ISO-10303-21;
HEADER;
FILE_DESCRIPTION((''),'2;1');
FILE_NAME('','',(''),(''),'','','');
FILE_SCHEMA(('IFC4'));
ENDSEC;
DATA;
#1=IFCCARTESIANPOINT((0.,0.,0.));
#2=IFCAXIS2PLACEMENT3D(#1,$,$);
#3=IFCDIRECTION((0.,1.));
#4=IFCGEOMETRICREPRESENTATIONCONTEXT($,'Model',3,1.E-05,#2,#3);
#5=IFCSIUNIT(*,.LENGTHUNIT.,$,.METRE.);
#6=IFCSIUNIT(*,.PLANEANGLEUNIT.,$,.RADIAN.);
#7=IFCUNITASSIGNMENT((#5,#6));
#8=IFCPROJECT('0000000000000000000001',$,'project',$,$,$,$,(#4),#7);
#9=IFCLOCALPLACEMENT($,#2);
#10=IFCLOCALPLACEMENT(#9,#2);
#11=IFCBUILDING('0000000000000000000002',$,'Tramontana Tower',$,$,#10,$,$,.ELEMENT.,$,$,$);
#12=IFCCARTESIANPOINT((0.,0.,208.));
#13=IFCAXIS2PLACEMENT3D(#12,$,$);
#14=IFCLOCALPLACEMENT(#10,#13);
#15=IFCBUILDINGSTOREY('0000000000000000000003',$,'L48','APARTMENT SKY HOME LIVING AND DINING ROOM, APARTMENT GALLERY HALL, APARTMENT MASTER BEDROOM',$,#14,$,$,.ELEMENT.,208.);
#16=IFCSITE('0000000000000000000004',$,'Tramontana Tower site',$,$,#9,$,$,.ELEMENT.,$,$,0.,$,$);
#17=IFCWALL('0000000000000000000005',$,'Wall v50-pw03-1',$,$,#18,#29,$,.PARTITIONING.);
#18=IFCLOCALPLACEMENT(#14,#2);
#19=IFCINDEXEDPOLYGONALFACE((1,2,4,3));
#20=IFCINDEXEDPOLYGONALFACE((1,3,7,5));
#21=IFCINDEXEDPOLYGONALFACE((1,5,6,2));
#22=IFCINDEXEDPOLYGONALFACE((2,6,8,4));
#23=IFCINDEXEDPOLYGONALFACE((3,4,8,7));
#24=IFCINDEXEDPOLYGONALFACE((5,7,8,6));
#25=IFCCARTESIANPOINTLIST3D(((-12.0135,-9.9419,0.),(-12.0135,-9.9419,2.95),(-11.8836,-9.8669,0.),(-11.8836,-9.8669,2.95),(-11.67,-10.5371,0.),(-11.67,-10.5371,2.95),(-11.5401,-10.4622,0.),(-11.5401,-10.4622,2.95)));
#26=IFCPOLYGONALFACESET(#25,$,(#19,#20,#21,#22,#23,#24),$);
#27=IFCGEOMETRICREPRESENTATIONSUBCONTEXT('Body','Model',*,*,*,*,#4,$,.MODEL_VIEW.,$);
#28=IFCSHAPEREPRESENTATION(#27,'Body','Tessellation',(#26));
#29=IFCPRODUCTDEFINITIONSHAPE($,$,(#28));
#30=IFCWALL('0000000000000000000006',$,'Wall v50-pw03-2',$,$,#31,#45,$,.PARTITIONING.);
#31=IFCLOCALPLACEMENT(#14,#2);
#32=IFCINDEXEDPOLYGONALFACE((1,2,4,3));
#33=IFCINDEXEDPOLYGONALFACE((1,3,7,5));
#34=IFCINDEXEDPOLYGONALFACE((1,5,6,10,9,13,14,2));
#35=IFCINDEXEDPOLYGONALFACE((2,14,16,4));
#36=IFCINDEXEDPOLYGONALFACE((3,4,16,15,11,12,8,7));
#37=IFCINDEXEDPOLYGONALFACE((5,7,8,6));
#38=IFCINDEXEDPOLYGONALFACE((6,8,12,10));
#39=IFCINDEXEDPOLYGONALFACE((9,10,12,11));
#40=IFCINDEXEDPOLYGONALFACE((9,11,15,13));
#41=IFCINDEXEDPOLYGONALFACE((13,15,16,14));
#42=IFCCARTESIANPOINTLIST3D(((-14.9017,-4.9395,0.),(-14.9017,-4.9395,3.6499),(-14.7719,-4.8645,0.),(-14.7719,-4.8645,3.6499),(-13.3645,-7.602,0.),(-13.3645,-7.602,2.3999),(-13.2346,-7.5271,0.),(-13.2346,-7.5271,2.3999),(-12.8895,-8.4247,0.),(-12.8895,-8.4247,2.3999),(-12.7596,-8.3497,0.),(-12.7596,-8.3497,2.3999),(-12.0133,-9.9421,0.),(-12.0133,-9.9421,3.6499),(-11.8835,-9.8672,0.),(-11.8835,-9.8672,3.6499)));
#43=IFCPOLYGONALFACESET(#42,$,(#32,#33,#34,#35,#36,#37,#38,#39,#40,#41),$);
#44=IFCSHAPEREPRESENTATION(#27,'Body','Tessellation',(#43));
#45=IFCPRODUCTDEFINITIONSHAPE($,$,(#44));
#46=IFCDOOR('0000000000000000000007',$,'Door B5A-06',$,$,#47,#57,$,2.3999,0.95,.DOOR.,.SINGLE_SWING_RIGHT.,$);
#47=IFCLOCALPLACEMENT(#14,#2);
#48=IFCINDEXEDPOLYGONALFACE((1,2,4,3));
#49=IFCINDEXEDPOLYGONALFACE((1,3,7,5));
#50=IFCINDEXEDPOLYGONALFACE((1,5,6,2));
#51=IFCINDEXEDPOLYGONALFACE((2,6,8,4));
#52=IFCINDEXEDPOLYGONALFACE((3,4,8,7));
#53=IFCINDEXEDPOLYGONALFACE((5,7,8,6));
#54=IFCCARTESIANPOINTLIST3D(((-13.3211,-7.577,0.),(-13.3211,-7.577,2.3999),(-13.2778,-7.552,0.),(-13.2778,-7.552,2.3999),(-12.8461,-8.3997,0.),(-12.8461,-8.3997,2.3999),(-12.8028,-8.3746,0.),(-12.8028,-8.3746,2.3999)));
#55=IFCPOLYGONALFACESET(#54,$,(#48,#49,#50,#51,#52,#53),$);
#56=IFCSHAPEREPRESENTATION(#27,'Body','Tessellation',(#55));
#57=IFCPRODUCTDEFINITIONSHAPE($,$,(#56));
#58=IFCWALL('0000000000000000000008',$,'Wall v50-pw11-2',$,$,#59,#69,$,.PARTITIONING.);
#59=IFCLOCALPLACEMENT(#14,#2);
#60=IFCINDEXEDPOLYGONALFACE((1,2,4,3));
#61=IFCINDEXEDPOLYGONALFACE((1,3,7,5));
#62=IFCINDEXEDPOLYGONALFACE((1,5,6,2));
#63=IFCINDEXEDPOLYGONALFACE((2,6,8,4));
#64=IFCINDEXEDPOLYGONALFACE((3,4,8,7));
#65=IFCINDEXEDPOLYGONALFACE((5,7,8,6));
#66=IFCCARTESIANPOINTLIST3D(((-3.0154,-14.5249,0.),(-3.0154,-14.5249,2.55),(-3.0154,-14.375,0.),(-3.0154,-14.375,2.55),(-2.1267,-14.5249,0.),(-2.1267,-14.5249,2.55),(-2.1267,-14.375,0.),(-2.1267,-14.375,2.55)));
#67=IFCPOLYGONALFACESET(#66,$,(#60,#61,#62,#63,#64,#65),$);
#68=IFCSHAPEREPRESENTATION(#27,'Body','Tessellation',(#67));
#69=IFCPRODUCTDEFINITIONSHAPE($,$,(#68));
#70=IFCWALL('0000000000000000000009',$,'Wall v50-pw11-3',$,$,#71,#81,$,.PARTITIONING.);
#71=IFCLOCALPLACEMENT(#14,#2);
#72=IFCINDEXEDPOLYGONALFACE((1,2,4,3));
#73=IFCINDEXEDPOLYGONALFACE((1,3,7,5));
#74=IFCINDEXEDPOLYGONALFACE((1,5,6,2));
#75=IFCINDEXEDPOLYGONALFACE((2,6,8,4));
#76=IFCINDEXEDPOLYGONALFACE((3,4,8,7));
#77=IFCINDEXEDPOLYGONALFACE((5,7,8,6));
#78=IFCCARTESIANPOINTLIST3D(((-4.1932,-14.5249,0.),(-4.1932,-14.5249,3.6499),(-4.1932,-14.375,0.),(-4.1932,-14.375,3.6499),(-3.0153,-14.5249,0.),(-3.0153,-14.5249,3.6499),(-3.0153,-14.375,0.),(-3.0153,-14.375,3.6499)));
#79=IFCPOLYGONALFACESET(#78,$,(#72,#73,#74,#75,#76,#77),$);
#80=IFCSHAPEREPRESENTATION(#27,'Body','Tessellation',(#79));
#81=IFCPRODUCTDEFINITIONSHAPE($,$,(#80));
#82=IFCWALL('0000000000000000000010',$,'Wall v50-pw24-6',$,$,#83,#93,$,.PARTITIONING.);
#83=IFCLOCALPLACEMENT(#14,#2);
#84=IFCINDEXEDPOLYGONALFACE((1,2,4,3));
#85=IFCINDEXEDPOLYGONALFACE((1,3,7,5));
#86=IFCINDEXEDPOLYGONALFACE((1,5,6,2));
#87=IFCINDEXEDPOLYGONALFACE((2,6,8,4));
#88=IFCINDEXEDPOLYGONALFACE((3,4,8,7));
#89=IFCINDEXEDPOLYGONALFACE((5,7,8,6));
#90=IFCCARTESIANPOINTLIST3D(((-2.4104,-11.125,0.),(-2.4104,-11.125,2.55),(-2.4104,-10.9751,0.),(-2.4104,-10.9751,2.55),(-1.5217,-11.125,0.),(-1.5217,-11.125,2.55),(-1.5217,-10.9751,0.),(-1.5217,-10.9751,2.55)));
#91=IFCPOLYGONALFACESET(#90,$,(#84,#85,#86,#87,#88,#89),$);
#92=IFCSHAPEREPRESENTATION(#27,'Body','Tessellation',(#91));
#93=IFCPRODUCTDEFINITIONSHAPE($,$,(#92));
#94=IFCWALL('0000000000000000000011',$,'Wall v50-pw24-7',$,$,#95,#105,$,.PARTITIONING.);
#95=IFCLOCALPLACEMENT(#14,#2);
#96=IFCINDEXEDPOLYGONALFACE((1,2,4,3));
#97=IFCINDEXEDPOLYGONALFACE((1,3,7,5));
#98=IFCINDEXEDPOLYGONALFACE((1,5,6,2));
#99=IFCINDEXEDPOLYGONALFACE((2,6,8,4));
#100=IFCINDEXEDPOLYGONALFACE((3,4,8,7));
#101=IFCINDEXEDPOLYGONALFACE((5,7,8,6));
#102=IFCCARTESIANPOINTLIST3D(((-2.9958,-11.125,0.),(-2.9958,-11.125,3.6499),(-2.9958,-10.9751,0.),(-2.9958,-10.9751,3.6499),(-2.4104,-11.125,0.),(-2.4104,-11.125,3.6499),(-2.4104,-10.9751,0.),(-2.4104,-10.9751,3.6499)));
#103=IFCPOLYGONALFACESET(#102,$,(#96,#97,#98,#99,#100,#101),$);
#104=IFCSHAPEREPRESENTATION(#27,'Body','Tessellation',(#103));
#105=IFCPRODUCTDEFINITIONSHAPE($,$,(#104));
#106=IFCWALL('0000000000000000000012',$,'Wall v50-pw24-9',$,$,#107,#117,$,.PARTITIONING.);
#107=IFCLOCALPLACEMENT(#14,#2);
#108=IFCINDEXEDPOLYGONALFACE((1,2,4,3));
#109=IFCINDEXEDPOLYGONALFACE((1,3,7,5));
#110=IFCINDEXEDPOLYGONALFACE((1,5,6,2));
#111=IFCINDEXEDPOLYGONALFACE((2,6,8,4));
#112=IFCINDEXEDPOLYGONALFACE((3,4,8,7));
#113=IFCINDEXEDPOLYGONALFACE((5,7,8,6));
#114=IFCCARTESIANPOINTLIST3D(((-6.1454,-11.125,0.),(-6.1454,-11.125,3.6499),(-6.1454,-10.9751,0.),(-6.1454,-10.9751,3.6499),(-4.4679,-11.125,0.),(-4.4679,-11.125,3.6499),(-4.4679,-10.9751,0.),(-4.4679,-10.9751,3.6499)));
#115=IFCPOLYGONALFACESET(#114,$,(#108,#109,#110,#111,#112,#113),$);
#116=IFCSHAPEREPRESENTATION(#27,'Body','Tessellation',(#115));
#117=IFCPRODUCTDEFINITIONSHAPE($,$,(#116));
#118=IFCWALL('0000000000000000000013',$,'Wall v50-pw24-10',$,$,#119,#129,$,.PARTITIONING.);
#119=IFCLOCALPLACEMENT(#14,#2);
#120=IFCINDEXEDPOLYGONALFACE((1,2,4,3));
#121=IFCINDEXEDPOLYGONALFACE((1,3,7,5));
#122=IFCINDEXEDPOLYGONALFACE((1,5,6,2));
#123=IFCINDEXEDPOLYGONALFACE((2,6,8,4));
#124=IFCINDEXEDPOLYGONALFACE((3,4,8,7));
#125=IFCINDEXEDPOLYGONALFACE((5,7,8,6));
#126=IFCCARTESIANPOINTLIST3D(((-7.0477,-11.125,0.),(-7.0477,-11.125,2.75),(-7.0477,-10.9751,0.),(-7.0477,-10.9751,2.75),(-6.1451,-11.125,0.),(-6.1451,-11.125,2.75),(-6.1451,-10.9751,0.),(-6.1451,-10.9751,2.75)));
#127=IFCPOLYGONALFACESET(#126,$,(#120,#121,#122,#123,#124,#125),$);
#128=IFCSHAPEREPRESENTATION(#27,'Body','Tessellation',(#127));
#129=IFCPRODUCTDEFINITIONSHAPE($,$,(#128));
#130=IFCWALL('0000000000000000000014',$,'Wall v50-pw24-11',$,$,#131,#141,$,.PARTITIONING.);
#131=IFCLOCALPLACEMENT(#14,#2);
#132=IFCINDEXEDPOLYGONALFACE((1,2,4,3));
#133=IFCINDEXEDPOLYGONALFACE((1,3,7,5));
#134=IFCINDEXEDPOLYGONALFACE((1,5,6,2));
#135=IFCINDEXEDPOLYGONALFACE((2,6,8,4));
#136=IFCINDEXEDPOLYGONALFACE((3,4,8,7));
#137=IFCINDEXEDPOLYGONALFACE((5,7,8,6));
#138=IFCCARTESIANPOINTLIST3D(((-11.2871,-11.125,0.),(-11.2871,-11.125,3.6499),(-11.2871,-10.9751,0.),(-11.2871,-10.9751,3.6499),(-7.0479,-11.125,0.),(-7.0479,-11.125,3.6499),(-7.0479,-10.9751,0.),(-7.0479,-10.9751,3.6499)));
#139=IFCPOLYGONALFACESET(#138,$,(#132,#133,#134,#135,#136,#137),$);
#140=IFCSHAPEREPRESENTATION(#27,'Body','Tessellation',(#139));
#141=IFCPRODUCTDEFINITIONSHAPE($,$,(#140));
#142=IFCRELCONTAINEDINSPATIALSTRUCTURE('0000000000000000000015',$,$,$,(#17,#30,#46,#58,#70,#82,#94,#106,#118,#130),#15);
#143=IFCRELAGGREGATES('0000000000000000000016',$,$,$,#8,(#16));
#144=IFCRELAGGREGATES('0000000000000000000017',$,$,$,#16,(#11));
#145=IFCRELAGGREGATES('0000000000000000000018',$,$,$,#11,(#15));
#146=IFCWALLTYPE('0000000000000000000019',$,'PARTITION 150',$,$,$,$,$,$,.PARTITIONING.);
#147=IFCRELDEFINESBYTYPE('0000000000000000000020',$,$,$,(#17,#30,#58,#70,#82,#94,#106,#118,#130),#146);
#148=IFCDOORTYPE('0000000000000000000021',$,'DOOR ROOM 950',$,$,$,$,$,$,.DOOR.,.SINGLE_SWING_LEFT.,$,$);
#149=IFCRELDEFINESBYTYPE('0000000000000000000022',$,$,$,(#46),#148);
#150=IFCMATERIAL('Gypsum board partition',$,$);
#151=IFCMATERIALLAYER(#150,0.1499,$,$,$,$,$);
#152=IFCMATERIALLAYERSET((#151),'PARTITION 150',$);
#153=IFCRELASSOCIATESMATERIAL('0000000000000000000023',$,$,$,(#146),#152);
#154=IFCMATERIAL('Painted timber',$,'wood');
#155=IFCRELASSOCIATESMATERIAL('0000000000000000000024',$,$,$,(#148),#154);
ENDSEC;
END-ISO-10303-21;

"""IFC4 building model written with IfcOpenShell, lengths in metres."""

from ifc_helpers import new_model, si_unit, direction, frame, frame_2d, origin, place, context, subcontext, project, spatial, rectangle, extrude, material, layer, layer_set, type_object, element, fill, save


model = new_model("IFC4")

# Units and contexts
model_context = context("Model", 3, precision=1e-05, world=origin(), true_north=direction((0.0, 1.0)))
body_context = subcontext(model_context, "Body", "Model", "MODEL_VIEW")
ifc_project = project(units=[si_unit("LENGTHUNIT", "METRE"), si_unit("PLANEANGLEUNIT", "RADIAN")], contexts=[model_context])

# Site, building, storey
site_placement = place(None, origin())
site = spatial("IfcSite", under=ifc_project, at=site_placement, Name="Tramontana Tower site", CompositionType="ELEMENT", RefElevation=0.0)
building_placement = place(site_placement, origin())
building = spatial("IfcBuilding", under=site, at=building_placement, Name="Tramontana Tower", CompositionType="ELEMENT")
storey_placement = place(building_placement, frame((0.0, 0.0, 208.0)))
storey = spatial("IfcBuildingStorey", under=building, at=storey_placement, Name="L48", Description="APARTMENT SKY HOME LIVING AND DINING ROOM, APARTMENT GALLERY HALL, APARTMENT MASTER BEDROOM", CompositionType="ELEMENT", Elevation=208.0)

# Wall
ifc_material_1 = material(Name="Gypsum board partition")
ifc_layer_1 = layer(ifc_material_1, 0.1499)
ifc_layer_set_1 = layer_set([ifc_layer_1], Name="PARTITION 150")
wall_type_1 = type_object("IfcWallType", Name="PARTITION 150", PredefinedType="PARTITIONING", material=ifc_layer_set_1)
wall_1_placement = place(storey_placement, frame((-11.605, -10.4998, 0.0), z_axis=(0.0, 0.0, 1.0), x_axis=(-0.499845, 0.866115, 0.0)))
element("IfcWall", 1, at=wall_1_placement, inside=storey, type_object=wall_type_1, Name="Wall v50-pw03-1", PredefinedType="PARTITIONING", context=body_context, shape_type="SweptSolid", body=[
    extrude(rectangle(XDim=0.6873, YDim=0.1499, at=frame_2d((0.3438, 0.0))), origin(), (0.0, 0.0, 1.0), 2.95),
])

# Wall, opening, door
wall_2_placement = place(storey_placement, frame((-11.9485, -9.9045, 0.0), z_axis=(0.0, 0.0, 1.0), x_axis=(-0.500016, 0.866016, 0.0)))
wall_2 = element("IfcWall", 2, at=wall_2_placement, inside=storey, type_object=wall_type_1, Name="Wall v50-pw03-2", PredefinedType="PARTITIONING", context=body_context, shape_type="SweptSolid", body=[
    extrude(rectangle(XDim=5.7766, YDim=0.1499, at=frame_2d((2.8882, 0.0))), origin(), (0.0, 0.0, 1.0), 3.6499),
])
opening_1_placement = place(wall_2_placement, frame((1.752, 0.0, 0.0)))
opening_1 = element("IfcOpeningElement", 3, at=opening_1_placement, cuts=wall_2, PredefinedType="OPENING", context=body_context, shape_type="SweptSolid", body=[
    extrude(rectangle(XDim=0.95, YDim=2.3999, at=frame_2d((0.4751, 1.2))), frame((0.0, 0.085, 0.0), z_axis=(0.0, -1.0, 0.0), x_axis=(1.0, 0.0, 0.0)), (0.0, 0.0, 1.0), 0.1699),
])
ifc_material_2 = material(Name="Painted timber", Category="wood")
door_type_1 = type_object("IfcDoorType", Name="DOOR ROOM 950", OperationType="SINGLE_SWING_LEFT", PredefinedType="DOOR", material=ifc_material_2)
door_1_placement = place(opening_1_placement, origin())
door_1 = element("IfcDoor", 4, at=door_1_placement, inside=storey, type_object=door_type_1, Name="Door B5A-06", OperationType="SINGLE_SWING_RIGHT", OverallHeight=2.3999, OverallWidth=0.95, PredefinedType="DOOR", context=body_context, shape_type="SweptSolid", body=[
    extrude(rectangle(XDim=0.95, YDim=2.3999, at=frame_2d((0.4751, 1.2))), frame((0.0, 0.0249, 0.0), z_axis=(0.0, -1.0, 0.0), x_axis=(1.0, 0.0, 0.0)), (0.0, 0.0, 1.0), 0.05),
])
fill(opening_1, door_1)

# Walls
wall_3_placement = place(storey_placement, frame((-2.1267, -14.45, 0.0), z_axis=(0.0, 0.0, 1.0), x_axis=(-1.0, 0.0, 0.0)))
element("IfcWall", 5, at=wall_3_placement, inside=storey, type_object=wall_type_1, Name="Wall v50-pw11-2", PredefinedType="PARTITIONING", context=body_context, shape_type="SweptSolid", body=[
    extrude(rectangle(XDim=0.8887, YDim=0.1499, at=frame_2d((0.4443, 0.0))), origin(), (0.0, 0.0, 1.0), 2.55),
])
wall_4_placement = place(storey_placement, frame((-3.0154, -14.45, 0.0), z_axis=(0.0, 0.0, 1.0), x_axis=(-1.0, 0.0, 0.0)))
element("IfcWall", 6, at=wall_4_placement, inside=storey, type_object=wall_type_1, Name="Wall v50-pw11-3", PredefinedType="PARTITIONING", context=body_context, shape_type="SweptSolid", body=[
    extrude(rectangle(XDim=1.178, YDim=0.1499, at=frame_2d((0.5889, 0.0))), origin(), (0.0, 0.0, 1.0), 3.6499),
])

# Walls
wall_5_placement = place(storey_placement, frame((-1.5217, -11.05, 0.0), z_axis=(0.0, 0.0, 1.0), x_axis=(-1.0, 0.0, 0.0)))
element("IfcWall", 7, at=wall_5_placement, inside=storey, type_object=wall_type_1, Name="Wall v50-pw24-6", PredefinedType="PARTITIONING", context=body_context, shape_type="SweptSolid", body=[
    extrude(rectangle(XDim=0.8887, YDim=0.1499, at=frame_2d((0.4443, 0.0))), origin(), (0.0, 0.0, 1.0), 2.55),
])
wall_6_placement = place(storey_placement, frame((-2.4104, -11.05, 0.0), z_axis=(0.0, 0.0, 1.0), x_axis=(-1.0, 0.0, 0.0)))
element("IfcWall", 8, at=wall_6_placement, inside=storey, type_object=wall_type_1, Name="Wall v50-pw24-7", PredefinedType="PARTITIONING", context=body_context, shape_type="SweptSolid", body=[
    extrude(rectangle(XDim=0.5854, YDim=0.1499, at=frame_2d((0.2927, 0.0))), origin(), (0.0, 0.0, 1.0), 3.6499),
])

# Walls
wall_7_placement = place(storey_placement, frame((-4.4678, -11.05, 0.0), z_axis=(0.0, 0.0, 1.0), x_axis=(-1.0, 0.0, 0.0)))
element("IfcWall", 9, at=wall_7_placement, inside=storey, type_object=wall_type_1, Name="Wall v50-pw24-9", PredefinedType="PARTITIONING", context=body_context, shape_type="SweptSolid", body=[
    extrude(rectangle(XDim=1.6775, YDim=0.1499, at=frame_2d((0.8389, 0.0))), origin(), (0.0, 0.0, 1.0), 3.6499),
])
wall_8_placement = place(storey_placement, frame((-6.1453, -11.05, 0.0), z_axis=(0.0, 0.0, 1.0), x_axis=(-1.0, 0.0, 0.0)))
element("IfcWall", 10, at=wall_8_placement, inside=storey, type_object=wall_type_1, Name="Wall v50-pw24-10", PredefinedType="PARTITIONING", context=body_context, shape_type="SweptSolid", body=[
    extrude(rectangle(XDim=0.9026, YDim=0.1499, at=frame_2d((0.4512, 0.0))), origin(), (0.0, 0.0, 1.0), 2.75),
])
wall_9_placement = place(storey_placement, frame((-7.0479, -11.05, 0.0), z_axis=(0.0, 0.0, 1.0), x_axis=(-1.0, 0.0, 0.0)))
element("IfcWall", 11, at=wall_9_placement, inside=storey, type_object=wall_type_1, Name="Wall v50-pw24-11", PredefinedType="PARTITIONING", context=body_context, shape_type="SweptSolid", body=[
    extrude(rectangle(XDim=4.2393, YDim=0.1499, at=frame_2d((2.1196, 0.0))), origin(), (0.0, 0.0, 1.0), 3.6499),
])

save(model, "model.ifc")
